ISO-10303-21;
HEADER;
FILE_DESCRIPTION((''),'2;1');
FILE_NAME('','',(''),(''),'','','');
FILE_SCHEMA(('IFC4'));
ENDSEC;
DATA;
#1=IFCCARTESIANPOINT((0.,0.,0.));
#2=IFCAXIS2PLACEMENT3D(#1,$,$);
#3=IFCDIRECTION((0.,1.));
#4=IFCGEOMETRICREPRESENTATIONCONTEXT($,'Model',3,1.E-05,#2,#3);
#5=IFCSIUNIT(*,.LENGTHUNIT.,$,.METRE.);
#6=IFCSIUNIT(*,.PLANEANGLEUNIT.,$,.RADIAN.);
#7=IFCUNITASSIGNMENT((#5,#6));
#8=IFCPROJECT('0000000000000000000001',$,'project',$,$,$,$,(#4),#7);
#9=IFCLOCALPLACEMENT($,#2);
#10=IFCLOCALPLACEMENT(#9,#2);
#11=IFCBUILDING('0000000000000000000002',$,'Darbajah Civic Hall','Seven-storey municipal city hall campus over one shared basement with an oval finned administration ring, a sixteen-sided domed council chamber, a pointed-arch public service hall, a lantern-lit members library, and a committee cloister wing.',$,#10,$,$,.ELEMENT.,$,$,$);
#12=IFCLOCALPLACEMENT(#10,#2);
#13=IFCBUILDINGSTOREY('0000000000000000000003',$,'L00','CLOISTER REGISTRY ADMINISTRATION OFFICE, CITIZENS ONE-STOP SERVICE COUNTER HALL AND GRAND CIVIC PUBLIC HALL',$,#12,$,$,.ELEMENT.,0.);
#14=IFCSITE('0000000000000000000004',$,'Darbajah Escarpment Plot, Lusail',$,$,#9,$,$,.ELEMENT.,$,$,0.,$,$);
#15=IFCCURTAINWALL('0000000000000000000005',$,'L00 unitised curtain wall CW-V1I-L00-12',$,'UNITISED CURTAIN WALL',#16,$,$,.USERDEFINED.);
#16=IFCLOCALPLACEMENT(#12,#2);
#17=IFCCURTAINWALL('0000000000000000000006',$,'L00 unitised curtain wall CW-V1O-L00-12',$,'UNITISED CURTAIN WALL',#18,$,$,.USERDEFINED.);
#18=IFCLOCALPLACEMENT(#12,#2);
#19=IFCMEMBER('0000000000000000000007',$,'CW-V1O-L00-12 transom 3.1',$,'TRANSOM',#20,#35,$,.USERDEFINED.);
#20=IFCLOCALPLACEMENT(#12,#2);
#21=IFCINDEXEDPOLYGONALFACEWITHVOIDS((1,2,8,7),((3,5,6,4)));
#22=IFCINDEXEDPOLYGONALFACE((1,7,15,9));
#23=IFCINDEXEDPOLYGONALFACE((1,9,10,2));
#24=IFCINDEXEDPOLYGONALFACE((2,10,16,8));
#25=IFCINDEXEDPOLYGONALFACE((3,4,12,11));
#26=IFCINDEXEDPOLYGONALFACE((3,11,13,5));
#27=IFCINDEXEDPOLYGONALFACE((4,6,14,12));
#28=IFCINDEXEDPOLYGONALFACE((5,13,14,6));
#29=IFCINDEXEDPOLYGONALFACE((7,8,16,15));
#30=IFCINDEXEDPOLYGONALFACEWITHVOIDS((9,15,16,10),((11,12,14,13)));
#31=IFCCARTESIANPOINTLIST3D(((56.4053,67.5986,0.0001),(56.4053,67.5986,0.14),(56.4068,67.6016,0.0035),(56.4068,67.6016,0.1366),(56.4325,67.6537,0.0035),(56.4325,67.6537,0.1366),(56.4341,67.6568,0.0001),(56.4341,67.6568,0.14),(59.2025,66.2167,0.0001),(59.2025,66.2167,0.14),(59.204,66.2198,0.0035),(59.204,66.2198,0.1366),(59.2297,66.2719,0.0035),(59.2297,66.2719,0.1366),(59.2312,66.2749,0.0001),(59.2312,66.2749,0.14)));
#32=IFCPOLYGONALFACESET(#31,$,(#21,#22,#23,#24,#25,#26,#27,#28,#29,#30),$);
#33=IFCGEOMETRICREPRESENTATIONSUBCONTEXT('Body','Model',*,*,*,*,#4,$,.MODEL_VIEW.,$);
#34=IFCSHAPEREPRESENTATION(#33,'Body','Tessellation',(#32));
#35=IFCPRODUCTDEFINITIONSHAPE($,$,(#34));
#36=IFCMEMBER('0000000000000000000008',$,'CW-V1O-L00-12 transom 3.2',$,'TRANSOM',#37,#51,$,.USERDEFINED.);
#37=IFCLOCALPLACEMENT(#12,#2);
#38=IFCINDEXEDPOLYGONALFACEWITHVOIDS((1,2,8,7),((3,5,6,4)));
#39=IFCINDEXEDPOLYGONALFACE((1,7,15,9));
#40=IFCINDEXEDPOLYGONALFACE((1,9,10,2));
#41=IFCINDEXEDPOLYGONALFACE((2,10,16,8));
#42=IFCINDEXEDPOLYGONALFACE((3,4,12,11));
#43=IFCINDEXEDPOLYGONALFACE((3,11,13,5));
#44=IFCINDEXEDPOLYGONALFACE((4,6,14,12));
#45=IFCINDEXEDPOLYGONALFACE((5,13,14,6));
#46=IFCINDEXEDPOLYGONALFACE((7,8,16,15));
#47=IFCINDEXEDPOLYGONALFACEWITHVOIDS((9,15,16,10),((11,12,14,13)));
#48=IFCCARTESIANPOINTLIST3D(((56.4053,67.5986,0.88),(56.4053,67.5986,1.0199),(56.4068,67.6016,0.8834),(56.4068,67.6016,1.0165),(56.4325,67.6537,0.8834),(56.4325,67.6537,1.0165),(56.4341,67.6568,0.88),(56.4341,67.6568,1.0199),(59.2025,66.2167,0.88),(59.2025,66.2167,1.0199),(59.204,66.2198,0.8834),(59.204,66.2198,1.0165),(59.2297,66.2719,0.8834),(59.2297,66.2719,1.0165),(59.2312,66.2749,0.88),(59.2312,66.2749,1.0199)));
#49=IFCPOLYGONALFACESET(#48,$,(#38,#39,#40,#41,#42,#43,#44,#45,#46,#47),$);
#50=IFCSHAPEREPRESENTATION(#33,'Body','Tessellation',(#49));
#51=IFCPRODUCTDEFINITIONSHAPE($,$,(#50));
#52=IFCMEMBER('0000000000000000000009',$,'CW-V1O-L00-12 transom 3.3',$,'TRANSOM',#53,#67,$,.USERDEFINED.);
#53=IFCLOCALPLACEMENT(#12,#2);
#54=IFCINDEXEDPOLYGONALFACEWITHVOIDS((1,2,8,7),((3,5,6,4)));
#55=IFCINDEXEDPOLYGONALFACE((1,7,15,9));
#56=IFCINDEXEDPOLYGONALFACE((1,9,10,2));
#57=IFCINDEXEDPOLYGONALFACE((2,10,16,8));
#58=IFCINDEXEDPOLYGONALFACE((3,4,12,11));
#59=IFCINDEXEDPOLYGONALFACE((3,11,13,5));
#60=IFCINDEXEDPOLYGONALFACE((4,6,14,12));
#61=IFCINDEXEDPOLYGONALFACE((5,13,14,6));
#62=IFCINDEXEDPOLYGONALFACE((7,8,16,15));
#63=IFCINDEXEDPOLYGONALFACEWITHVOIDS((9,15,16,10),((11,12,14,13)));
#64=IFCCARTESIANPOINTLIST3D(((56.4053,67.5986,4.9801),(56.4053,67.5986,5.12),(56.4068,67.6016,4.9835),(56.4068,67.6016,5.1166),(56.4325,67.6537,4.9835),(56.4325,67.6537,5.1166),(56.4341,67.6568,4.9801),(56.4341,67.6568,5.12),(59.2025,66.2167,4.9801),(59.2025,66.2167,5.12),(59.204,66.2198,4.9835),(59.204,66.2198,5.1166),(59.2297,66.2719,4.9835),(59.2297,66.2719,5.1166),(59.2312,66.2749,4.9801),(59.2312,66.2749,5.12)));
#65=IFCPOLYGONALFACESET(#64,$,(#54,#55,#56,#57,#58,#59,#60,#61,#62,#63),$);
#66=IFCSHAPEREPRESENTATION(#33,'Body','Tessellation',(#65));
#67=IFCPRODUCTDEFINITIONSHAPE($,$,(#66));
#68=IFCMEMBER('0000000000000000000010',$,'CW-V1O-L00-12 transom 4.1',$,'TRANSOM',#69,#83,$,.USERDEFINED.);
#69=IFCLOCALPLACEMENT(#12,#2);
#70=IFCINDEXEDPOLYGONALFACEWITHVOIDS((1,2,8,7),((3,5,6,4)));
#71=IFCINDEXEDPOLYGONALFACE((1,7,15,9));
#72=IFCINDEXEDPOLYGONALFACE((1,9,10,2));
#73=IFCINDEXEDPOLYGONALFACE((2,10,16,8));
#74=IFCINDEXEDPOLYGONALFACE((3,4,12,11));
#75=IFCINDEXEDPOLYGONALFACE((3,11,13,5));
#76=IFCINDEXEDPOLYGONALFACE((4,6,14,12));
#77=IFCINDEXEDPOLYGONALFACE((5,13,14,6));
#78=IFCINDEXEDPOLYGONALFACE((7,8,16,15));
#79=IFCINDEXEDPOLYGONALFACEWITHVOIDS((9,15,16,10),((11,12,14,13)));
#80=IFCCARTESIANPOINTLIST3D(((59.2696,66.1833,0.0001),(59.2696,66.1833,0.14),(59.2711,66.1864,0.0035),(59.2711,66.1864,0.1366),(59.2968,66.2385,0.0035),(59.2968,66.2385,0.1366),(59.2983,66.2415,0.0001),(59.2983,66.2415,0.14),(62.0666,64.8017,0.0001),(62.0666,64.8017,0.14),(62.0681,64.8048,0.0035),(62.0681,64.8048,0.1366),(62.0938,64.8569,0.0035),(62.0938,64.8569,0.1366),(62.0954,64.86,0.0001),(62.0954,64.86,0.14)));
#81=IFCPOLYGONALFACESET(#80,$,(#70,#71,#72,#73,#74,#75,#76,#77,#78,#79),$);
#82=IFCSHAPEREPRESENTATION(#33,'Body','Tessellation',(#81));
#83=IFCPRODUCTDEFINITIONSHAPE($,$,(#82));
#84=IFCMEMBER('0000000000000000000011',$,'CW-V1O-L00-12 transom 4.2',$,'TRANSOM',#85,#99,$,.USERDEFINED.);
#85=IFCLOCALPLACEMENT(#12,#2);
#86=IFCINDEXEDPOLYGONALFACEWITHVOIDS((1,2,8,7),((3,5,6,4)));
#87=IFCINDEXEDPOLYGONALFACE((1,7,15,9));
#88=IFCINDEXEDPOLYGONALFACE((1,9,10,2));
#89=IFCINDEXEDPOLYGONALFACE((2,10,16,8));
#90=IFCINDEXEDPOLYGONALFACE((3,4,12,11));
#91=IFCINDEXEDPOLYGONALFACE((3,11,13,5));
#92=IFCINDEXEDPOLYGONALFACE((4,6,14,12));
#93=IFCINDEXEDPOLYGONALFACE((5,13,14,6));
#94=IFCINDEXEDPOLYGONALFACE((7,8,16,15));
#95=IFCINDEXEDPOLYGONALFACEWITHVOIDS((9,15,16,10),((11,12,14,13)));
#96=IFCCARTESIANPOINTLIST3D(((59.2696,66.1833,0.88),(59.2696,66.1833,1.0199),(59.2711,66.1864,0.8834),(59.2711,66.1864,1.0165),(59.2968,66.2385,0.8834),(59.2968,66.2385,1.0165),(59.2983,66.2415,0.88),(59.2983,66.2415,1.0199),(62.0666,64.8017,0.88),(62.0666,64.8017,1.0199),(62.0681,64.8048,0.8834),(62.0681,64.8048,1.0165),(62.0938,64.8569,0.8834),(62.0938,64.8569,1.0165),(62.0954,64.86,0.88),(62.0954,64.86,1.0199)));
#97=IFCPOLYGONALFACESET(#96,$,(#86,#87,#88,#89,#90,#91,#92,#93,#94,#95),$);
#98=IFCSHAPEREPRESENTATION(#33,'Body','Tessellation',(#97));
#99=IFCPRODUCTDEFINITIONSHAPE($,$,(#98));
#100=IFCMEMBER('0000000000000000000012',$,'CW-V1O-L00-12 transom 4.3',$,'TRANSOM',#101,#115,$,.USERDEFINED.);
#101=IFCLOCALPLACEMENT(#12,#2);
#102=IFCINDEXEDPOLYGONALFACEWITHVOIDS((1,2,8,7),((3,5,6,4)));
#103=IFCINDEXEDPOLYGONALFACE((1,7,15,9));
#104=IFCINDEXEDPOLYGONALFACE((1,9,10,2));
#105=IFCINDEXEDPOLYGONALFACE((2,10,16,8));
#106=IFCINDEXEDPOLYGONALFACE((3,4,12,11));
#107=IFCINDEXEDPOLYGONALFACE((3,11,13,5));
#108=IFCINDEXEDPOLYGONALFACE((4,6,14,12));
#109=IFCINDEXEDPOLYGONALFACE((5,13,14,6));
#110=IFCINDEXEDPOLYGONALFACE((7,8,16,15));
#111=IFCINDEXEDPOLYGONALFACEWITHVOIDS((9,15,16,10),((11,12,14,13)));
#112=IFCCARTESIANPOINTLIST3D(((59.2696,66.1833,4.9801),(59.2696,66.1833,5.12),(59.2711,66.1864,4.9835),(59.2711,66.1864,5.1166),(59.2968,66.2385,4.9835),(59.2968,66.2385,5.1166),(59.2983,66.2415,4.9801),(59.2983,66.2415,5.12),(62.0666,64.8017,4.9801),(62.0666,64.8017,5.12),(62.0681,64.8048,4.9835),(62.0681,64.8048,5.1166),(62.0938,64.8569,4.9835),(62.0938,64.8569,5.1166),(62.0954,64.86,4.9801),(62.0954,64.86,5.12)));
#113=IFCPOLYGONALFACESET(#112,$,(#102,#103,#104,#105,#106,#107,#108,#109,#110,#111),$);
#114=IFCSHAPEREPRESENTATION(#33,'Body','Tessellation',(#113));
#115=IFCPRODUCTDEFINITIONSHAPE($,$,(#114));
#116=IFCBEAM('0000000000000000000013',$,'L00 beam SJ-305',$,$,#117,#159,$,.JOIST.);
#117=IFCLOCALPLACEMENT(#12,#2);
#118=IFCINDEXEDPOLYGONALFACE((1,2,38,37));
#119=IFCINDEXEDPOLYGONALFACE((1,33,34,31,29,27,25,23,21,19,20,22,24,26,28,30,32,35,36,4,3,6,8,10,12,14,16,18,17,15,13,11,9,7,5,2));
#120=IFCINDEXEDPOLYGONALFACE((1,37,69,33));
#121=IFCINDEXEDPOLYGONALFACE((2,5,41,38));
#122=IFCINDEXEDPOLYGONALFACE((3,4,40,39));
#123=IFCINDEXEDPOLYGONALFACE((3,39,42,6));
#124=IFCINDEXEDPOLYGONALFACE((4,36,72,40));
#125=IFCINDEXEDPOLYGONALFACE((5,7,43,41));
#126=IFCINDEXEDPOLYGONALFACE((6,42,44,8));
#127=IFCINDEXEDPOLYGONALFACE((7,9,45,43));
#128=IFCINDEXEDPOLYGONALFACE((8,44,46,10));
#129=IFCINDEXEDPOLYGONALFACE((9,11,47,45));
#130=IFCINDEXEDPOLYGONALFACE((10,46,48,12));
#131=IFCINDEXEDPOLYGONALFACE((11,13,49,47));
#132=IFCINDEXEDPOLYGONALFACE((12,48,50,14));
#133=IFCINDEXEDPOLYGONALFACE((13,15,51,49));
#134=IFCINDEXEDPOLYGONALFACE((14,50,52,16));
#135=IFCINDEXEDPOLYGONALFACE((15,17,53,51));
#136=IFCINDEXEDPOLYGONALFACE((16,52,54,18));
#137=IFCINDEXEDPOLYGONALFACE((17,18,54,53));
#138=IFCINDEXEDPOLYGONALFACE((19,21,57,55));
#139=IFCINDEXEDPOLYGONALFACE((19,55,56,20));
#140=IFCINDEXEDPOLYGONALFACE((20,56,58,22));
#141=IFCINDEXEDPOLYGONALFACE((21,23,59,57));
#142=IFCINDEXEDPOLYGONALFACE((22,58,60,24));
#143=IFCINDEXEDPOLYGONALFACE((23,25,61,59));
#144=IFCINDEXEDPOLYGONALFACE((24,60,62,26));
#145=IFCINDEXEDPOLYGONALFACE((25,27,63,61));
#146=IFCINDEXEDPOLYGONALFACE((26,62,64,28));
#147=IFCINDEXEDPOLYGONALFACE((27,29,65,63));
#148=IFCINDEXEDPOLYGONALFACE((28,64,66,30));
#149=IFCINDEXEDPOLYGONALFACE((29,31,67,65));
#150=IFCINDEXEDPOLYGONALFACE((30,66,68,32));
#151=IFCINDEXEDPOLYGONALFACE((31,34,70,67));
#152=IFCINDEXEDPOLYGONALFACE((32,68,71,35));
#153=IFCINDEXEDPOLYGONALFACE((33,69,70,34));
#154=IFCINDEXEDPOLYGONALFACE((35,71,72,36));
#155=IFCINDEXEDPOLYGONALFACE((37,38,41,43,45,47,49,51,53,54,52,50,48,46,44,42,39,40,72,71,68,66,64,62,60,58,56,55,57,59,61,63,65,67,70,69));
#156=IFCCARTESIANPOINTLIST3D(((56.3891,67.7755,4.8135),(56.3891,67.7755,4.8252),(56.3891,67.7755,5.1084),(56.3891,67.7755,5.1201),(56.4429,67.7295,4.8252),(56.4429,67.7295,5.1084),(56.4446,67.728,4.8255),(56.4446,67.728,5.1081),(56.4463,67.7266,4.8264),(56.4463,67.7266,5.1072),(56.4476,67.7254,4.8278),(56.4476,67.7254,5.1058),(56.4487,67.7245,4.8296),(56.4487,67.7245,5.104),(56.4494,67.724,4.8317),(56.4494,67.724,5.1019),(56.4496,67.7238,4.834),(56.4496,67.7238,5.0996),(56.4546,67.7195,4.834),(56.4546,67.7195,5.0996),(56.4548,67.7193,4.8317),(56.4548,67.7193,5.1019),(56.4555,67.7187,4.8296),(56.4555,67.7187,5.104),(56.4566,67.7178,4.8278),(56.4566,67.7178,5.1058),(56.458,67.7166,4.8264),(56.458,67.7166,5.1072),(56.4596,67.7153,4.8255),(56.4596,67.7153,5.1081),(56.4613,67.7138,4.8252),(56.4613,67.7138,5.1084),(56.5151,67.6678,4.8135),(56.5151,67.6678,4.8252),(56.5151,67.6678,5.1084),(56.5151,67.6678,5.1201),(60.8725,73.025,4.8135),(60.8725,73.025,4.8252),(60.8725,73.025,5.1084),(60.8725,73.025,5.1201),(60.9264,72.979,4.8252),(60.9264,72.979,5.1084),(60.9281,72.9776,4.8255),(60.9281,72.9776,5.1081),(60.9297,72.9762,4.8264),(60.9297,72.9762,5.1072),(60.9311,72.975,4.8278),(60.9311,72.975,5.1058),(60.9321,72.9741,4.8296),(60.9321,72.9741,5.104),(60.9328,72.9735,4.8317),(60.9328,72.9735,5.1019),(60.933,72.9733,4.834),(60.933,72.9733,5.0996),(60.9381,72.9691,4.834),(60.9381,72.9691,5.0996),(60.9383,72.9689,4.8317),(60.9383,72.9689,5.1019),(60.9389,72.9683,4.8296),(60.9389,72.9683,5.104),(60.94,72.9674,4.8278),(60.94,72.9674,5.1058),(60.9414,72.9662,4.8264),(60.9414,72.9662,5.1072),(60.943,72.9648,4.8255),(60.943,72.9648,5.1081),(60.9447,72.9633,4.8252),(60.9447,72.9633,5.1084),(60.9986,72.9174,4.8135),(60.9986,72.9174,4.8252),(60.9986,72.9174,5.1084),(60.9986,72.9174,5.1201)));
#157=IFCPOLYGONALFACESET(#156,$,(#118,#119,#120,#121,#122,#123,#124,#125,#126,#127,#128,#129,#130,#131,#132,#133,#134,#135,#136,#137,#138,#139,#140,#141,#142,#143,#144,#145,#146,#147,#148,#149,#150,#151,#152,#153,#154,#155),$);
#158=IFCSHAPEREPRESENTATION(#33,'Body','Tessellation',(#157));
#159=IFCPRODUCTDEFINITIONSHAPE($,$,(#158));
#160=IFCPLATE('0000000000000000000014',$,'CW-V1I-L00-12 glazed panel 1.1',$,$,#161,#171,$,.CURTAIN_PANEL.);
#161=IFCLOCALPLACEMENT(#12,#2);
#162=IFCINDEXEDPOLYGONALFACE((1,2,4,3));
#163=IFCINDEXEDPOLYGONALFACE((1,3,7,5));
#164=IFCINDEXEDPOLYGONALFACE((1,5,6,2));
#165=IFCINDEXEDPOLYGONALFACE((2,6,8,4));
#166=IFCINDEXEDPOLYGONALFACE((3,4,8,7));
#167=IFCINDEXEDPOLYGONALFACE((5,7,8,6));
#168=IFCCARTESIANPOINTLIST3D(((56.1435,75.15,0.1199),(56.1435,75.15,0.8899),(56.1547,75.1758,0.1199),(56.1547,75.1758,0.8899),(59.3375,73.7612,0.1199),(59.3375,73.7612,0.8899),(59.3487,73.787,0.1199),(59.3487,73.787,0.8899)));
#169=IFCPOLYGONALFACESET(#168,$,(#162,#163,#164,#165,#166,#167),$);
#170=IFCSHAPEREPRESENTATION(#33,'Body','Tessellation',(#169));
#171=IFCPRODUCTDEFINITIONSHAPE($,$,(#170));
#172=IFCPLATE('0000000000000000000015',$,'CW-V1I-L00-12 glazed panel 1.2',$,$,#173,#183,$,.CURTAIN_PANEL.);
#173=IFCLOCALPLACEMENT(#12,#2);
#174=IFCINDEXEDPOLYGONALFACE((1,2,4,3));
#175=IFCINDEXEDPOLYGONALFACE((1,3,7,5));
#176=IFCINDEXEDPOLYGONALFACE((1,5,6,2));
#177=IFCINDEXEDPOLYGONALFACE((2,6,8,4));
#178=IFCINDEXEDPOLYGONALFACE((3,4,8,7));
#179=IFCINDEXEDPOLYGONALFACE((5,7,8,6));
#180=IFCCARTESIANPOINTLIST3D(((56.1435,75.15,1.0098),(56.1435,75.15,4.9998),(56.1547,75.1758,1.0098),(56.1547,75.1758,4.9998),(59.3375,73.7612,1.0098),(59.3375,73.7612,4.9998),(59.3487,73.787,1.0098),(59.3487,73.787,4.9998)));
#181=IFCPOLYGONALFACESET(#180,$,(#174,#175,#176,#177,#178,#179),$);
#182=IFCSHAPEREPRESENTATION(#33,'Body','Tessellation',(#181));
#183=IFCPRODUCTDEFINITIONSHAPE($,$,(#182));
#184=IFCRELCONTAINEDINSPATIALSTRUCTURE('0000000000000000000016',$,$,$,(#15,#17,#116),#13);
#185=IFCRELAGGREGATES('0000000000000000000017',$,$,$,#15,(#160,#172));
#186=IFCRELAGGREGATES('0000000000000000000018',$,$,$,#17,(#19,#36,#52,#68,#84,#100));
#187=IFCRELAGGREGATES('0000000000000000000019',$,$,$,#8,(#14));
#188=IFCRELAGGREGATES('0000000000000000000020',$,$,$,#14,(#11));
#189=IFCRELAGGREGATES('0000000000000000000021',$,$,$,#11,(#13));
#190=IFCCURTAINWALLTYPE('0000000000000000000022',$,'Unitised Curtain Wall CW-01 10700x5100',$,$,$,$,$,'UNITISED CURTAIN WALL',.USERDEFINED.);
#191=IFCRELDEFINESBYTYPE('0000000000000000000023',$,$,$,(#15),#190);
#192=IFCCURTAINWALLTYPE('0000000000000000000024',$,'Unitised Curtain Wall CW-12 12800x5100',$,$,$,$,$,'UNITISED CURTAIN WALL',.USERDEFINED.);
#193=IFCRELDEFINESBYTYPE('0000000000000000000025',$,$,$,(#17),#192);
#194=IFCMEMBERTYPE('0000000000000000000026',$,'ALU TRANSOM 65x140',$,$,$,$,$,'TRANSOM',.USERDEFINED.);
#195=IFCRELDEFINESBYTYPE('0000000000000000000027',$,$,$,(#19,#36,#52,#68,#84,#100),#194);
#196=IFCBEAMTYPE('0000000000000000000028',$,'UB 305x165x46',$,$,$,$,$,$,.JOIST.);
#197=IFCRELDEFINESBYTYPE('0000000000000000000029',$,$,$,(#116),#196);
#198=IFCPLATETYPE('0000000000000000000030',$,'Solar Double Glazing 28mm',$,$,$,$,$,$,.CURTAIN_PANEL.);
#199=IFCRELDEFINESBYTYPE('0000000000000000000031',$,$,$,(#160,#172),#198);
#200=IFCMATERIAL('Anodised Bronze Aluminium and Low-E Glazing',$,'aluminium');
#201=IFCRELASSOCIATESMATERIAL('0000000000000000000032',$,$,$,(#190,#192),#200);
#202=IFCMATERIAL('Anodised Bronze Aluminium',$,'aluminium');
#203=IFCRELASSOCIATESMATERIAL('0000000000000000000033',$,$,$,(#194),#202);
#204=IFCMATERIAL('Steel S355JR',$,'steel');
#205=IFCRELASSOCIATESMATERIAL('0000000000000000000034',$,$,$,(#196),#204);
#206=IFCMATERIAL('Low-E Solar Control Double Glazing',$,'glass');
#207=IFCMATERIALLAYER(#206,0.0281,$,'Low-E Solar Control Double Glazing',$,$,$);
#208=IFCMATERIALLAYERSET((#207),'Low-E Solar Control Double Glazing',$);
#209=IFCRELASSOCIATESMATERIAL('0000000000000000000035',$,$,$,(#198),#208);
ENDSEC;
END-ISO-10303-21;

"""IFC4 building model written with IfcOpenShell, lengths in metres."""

from ifc_helpers import new_model, si_unit, direction, frame, origin, origin_2d, place, context, subcontext, project, spatial, rectangle, hollow_rectangle, i_section, extrude, material, layer, layer_set, material_profile, profile_set, type_object, element, aggregate, save


model = new_model("IFC4")

# Units and contexts
model_context = context("Model", 3, precision=1e-05, world=origin(), true_north=direction((0.0, 1.0)))
body_context = subcontext(model_context, "Body", "Model", "MODEL_VIEW")
ifc_project = project(units=[si_unit("LENGTHUNIT", "METRE"), si_unit("PLANEANGLEUNIT", "RADIAN")], contexts=[model_context])

# Site, building, storey
site_placement = place(None, origin())
site = spatial("IfcSite", under=ifc_project, at=site_placement, Name="Darbajah Escarpment Plot, Lusail", CompositionType="ELEMENT", RefElevation=0.0)
building_placement = place(site_placement, origin())
building = spatial("IfcBuilding", under=site, at=building_placement, Name="Darbajah Civic Hall", Description="Seven-storey municipal city hall campus over one shared basement with an oval finned administration ring, a sixteen-sided domed council chamber, a pointed-arch public service hall, a lantern-lit members library, and a committee cloister wing.", CompositionType="ELEMENT")
storey_placement = place(building_placement, origin())
storey = spatial("IfcBuildingStorey", under=building, at=storey_placement, Name="L00", Description="CLOISTER REGISTRY ADMINISTRATION OFFICE, CITIZENS ONE-STOP SERVICE COUNTER HALL AND GRAND CIVIC PUBLIC HALL", CompositionType="ELEMENT", Elevation=0.0)

# Curtain walls
ifc_material_1 = material(Name="Anodised Bronze Aluminium and Low-E Glazing", Category="aluminium")
curtain_wall_type_1 = type_object("IfcCurtainWallType", Name="Unitised Curtain Wall CW-01 10700x5100", ElementType="UNITISED CURTAIN WALL", PredefinedType="USERDEFINED", material=ifc_material_1)
curtain_wall_1_placement = place(storey_placement, origin())
curtain_wall_1 = element("IfcCurtainWall", 1, at=curtain_wall_1_placement, inside=storey, type_object=curtain_wall_type_1, Name="L00 unitised curtain wall CW-V1I-L00-12", ObjectType="UNITISED CURTAIN WALL", PredefinedType="USERDEFINED")
ifc_material_2 = material(Name="Anodised Bronze Aluminium", Category="aluminium")
curtain_wall_type_2 = type_object("IfcCurtainWallType", Name="Unitised Curtain Wall CW-12 12800x5100", ElementType="UNITISED CURTAIN WALL", PredefinedType="USERDEFINED", material=ifc_material_1)
curtain_wall_2_placement = place(storey_placement, origin())
curtain_wall_2 = element("IfcCurtainWall", 2, at=curtain_wall_2_placement, inside=storey, type_object=curtain_wall_type_2, Name="L00 unitised curtain wall CW-V1O-L00-12", ObjectType="UNITISED CURTAIN WALL", PredefinedType="USERDEFINED")

# Members
ifc_material_profile_1 = material_profile(ifc_material_2, hollow_rectangle(XDim=0.0649, YDim=0.1399, WallThickness=0.0034, at=origin_2d()), Name="ALU TRANSOM 65x140")
ifc_profile_set_1 = profile_set([ifc_material_profile_1], Name="Anodised Bronze Aluminium")
member_type_1 = type_object("IfcMemberType", Name="ALU TRANSOM 65x140", ElementType="TRANSOM", PredefinedType="USERDEFINED", material=ifc_profile_set_1)
member_1_placement = place(storey_placement, frame((56.4197, 67.6277, 0.0701), z_axis=(0.896561, -0.44292, 0.0), x_axis=(0.44292, 0.896561, 0.0)))
member_1 = element("IfcMember", 3, at=member_1_placement, type_object=member_type_1, Name="CW-V1O-L00-12 transom 3.1", ObjectType="TRANSOM", PredefinedType="USERDEFINED", context=body_context, shape_type="SweptSolid", body=[
    extrude(hollow_rectangle(XDim=0.0649, YDim=0.1399, WallThickness=0.0034, at=origin_2d()), origin(), (0.0, 0.0, 1.0), 3.1199),
])
member_2_placement = place(storey_placement, frame((56.4197, 67.6277, 0.95), z_axis=(0.896561, -0.44292, 0.0), x_axis=(0.44292, 0.896561, 0.0)))
member_2 = element("IfcMember", 4, at=member_2_placement, type_object=member_type_1, Name="CW-V1O-L00-12 transom 3.2", ObjectType="TRANSOM", PredefinedType="USERDEFINED", context=body_context, shape_type="SweptSolid", body=[
    extrude(hollow_rectangle(XDim=0.0649, YDim=0.1399, WallThickness=0.0034, at=origin_2d()), origin(), (0.0, 0.0, 1.0), 3.1199),
])
member_3_placement = place(storey_placement, frame((56.4197, 67.6277, 5.05), z_axis=(0.896561, -0.44292, 0.0), x_axis=(0.44292, 0.896561, 0.0)))
member_3 = element("IfcMember", 5, at=member_3_placement, type_object=member_type_1, Name="CW-V1O-L00-12 transom 3.3", ObjectType="TRANSOM", PredefinedType="USERDEFINED", context=body_context, shape_type="SweptSolid", body=[
    extrude(hollow_rectangle(XDim=0.0649, YDim=0.1399, WallThickness=0.0034, at=origin_2d()), origin(), (0.0, 0.0, 1.0), 3.1199),
])
member_4_placement = place(storey_placement, frame((59.2839, 66.2124, 0.0701), z_axis=(0.896592, -0.442857, 0.0), x_axis=(0.442857, 0.896592, 0.0)))
member_4 = element("IfcMember", 6, at=member_4_placement, type_object=member_type_1, Name="CW-V1O-L00-12 transom 4.1", ObjectType="TRANSOM", PredefinedType="USERDEFINED", context=body_context, shape_type="SweptSolid", body=[
    extrude(hollow_rectangle(XDim=0.0649, YDim=0.1399, WallThickness=0.0034, at=origin_2d()), origin(), (0.0, 0.0, 1.0), 3.1196),
])
member_5_placement = place(storey_placement, frame((59.2839, 66.2124, 0.95), z_axis=(0.896592, -0.442857, 0.0), x_axis=(0.442857, 0.896592, 0.0)))
member_5 = element("IfcMember", 7, at=member_5_placement, type_object=member_type_1, Name="CW-V1O-L00-12 transom 4.2", ObjectType="TRANSOM", PredefinedType="USERDEFINED", context=body_context, shape_type="SweptSolid", body=[
    extrude(hollow_rectangle(XDim=0.0649, YDim=0.1399, WallThickness=0.0034, at=origin_2d()), origin(), (0.0, 0.0, 1.0), 3.1196),
])
member_6_placement = place(storey_placement, frame((59.2839, 66.2124, 5.05), z_axis=(0.896592, -0.442857, 0.0), x_axis=(0.442857, 0.896592, 0.0)))
member_6 = element("IfcMember", 8, at=member_6_placement, type_object=member_type_1, Name="CW-V1O-L00-12 transom 4.3", ObjectType="TRANSOM", PredefinedType="USERDEFINED", context=body_context, shape_type="SweptSolid", body=[
    extrude(hollow_rectangle(XDim=0.0649, YDim=0.1399, WallThickness=0.0034, at=origin_2d()), origin(), (0.0, 0.0, 1.0), 3.1196),
])

# Beam
ifc_material_3 = material(Name="Steel S355JR", Category="steel")
ifc_material_profile_2 = material_profile(ifc_material_3, i_section(OverallWidth=0.1658, OverallDepth=0.3066, WebThickness=0.0066, FlangeThickness=0.0117, FilletRadius=0.0088, at=origin_2d()), Name="UB 305x165x46")
ifc_profile_set_2 = profile_set([ifc_material_profile_2], Name="Steel S355JR")
beam_type = type_object("IfcBeamType", Name="UB 305x165x46", PredefinedType="JOIST", material=ifc_profile_set_2)
beam_placement = place(storey_placement, frame((60.9355, 72.9712, 4.9668), z_axis=(-0.649439, -0.760414, 0.0), x_axis=(0.760414, -0.649439, 0.0)))
element("IfcBeam", 9, at=beam_placement, inside=storey, type_object=beam_type, Name="L00 beam SJ-305", PredefinedType="JOIST", context=body_context, shape_type="SweptSolid", body=[
    extrude(i_section(OverallWidth=0.1658, OverallDepth=0.3066, WebThickness=0.0066, FlangeThickness=0.0117, FilletRadius=0.0088, at=origin_2d()), origin(), (0.0, 0.0, 1.0), 6.9036),
])

# Plates
ifc_material_4 = material(Name="Low-E Solar Control Double Glazing", Category="glass")
ifc_layer_1 = layer(ifc_material_4, 0.0281, Name="Low-E Solar Control Double Glazing")
ifc_layer_set_1 = layer_set([ifc_layer_1], Name="Low-E Solar Control Double Glazing")
plate_type_1 = type_object("IfcPlateType", Name="Solar Double Glazing 28mm", PredefinedType="CURTAIN_PANEL", material=ifc_layer_set_1)
plate_1_placement = place(storey_placement, frame((57.7461, 74.4685, 0.1199), z_axis=(0.0, 0.0, 1.0), x_axis=(0.91706, -0.398749, 0.0)))
plate_1 = element("IfcPlate", 10, at=plate_1_placement, type_object=plate_type_1, Name="CW-V1I-L00-12 glazed panel 1.1", PredefinedType="CURTAIN_PANEL", context=body_context, shape_type="SweptSolid", body=[
    extrude(rectangle(XDim=3.4829, YDim=0.0281, at=origin_2d()), origin(), (0.0, 0.0, 1.0), 0.77),
])
plate_2_placement = place(storey_placement, frame((57.7461, 74.4685, 1.0098), z_axis=(0.0, 0.0, 1.0), x_axis=(0.91706, -0.398749, 0.0)))
plate_2 = element("IfcPlate", 11, at=plate_2_placement, type_object=plate_type_1, Name="CW-V1I-L00-12 glazed panel 1.2", PredefinedType="CURTAIN_PANEL", context=body_context, shape_type="SweptSolid", body=[
    extrude(rectangle(XDim=3.4829, YDim=0.0281, at=origin_2d()), origin(), (0.0, 0.0, 1.0), 3.99),
])
aggregate(curtain_wall_1, [plate_1, plate_2])
aggregate(curtain_wall_2, [member_1, member_2, member_3, member_4, member_5, member_6])

save(model, "model.ifc")
